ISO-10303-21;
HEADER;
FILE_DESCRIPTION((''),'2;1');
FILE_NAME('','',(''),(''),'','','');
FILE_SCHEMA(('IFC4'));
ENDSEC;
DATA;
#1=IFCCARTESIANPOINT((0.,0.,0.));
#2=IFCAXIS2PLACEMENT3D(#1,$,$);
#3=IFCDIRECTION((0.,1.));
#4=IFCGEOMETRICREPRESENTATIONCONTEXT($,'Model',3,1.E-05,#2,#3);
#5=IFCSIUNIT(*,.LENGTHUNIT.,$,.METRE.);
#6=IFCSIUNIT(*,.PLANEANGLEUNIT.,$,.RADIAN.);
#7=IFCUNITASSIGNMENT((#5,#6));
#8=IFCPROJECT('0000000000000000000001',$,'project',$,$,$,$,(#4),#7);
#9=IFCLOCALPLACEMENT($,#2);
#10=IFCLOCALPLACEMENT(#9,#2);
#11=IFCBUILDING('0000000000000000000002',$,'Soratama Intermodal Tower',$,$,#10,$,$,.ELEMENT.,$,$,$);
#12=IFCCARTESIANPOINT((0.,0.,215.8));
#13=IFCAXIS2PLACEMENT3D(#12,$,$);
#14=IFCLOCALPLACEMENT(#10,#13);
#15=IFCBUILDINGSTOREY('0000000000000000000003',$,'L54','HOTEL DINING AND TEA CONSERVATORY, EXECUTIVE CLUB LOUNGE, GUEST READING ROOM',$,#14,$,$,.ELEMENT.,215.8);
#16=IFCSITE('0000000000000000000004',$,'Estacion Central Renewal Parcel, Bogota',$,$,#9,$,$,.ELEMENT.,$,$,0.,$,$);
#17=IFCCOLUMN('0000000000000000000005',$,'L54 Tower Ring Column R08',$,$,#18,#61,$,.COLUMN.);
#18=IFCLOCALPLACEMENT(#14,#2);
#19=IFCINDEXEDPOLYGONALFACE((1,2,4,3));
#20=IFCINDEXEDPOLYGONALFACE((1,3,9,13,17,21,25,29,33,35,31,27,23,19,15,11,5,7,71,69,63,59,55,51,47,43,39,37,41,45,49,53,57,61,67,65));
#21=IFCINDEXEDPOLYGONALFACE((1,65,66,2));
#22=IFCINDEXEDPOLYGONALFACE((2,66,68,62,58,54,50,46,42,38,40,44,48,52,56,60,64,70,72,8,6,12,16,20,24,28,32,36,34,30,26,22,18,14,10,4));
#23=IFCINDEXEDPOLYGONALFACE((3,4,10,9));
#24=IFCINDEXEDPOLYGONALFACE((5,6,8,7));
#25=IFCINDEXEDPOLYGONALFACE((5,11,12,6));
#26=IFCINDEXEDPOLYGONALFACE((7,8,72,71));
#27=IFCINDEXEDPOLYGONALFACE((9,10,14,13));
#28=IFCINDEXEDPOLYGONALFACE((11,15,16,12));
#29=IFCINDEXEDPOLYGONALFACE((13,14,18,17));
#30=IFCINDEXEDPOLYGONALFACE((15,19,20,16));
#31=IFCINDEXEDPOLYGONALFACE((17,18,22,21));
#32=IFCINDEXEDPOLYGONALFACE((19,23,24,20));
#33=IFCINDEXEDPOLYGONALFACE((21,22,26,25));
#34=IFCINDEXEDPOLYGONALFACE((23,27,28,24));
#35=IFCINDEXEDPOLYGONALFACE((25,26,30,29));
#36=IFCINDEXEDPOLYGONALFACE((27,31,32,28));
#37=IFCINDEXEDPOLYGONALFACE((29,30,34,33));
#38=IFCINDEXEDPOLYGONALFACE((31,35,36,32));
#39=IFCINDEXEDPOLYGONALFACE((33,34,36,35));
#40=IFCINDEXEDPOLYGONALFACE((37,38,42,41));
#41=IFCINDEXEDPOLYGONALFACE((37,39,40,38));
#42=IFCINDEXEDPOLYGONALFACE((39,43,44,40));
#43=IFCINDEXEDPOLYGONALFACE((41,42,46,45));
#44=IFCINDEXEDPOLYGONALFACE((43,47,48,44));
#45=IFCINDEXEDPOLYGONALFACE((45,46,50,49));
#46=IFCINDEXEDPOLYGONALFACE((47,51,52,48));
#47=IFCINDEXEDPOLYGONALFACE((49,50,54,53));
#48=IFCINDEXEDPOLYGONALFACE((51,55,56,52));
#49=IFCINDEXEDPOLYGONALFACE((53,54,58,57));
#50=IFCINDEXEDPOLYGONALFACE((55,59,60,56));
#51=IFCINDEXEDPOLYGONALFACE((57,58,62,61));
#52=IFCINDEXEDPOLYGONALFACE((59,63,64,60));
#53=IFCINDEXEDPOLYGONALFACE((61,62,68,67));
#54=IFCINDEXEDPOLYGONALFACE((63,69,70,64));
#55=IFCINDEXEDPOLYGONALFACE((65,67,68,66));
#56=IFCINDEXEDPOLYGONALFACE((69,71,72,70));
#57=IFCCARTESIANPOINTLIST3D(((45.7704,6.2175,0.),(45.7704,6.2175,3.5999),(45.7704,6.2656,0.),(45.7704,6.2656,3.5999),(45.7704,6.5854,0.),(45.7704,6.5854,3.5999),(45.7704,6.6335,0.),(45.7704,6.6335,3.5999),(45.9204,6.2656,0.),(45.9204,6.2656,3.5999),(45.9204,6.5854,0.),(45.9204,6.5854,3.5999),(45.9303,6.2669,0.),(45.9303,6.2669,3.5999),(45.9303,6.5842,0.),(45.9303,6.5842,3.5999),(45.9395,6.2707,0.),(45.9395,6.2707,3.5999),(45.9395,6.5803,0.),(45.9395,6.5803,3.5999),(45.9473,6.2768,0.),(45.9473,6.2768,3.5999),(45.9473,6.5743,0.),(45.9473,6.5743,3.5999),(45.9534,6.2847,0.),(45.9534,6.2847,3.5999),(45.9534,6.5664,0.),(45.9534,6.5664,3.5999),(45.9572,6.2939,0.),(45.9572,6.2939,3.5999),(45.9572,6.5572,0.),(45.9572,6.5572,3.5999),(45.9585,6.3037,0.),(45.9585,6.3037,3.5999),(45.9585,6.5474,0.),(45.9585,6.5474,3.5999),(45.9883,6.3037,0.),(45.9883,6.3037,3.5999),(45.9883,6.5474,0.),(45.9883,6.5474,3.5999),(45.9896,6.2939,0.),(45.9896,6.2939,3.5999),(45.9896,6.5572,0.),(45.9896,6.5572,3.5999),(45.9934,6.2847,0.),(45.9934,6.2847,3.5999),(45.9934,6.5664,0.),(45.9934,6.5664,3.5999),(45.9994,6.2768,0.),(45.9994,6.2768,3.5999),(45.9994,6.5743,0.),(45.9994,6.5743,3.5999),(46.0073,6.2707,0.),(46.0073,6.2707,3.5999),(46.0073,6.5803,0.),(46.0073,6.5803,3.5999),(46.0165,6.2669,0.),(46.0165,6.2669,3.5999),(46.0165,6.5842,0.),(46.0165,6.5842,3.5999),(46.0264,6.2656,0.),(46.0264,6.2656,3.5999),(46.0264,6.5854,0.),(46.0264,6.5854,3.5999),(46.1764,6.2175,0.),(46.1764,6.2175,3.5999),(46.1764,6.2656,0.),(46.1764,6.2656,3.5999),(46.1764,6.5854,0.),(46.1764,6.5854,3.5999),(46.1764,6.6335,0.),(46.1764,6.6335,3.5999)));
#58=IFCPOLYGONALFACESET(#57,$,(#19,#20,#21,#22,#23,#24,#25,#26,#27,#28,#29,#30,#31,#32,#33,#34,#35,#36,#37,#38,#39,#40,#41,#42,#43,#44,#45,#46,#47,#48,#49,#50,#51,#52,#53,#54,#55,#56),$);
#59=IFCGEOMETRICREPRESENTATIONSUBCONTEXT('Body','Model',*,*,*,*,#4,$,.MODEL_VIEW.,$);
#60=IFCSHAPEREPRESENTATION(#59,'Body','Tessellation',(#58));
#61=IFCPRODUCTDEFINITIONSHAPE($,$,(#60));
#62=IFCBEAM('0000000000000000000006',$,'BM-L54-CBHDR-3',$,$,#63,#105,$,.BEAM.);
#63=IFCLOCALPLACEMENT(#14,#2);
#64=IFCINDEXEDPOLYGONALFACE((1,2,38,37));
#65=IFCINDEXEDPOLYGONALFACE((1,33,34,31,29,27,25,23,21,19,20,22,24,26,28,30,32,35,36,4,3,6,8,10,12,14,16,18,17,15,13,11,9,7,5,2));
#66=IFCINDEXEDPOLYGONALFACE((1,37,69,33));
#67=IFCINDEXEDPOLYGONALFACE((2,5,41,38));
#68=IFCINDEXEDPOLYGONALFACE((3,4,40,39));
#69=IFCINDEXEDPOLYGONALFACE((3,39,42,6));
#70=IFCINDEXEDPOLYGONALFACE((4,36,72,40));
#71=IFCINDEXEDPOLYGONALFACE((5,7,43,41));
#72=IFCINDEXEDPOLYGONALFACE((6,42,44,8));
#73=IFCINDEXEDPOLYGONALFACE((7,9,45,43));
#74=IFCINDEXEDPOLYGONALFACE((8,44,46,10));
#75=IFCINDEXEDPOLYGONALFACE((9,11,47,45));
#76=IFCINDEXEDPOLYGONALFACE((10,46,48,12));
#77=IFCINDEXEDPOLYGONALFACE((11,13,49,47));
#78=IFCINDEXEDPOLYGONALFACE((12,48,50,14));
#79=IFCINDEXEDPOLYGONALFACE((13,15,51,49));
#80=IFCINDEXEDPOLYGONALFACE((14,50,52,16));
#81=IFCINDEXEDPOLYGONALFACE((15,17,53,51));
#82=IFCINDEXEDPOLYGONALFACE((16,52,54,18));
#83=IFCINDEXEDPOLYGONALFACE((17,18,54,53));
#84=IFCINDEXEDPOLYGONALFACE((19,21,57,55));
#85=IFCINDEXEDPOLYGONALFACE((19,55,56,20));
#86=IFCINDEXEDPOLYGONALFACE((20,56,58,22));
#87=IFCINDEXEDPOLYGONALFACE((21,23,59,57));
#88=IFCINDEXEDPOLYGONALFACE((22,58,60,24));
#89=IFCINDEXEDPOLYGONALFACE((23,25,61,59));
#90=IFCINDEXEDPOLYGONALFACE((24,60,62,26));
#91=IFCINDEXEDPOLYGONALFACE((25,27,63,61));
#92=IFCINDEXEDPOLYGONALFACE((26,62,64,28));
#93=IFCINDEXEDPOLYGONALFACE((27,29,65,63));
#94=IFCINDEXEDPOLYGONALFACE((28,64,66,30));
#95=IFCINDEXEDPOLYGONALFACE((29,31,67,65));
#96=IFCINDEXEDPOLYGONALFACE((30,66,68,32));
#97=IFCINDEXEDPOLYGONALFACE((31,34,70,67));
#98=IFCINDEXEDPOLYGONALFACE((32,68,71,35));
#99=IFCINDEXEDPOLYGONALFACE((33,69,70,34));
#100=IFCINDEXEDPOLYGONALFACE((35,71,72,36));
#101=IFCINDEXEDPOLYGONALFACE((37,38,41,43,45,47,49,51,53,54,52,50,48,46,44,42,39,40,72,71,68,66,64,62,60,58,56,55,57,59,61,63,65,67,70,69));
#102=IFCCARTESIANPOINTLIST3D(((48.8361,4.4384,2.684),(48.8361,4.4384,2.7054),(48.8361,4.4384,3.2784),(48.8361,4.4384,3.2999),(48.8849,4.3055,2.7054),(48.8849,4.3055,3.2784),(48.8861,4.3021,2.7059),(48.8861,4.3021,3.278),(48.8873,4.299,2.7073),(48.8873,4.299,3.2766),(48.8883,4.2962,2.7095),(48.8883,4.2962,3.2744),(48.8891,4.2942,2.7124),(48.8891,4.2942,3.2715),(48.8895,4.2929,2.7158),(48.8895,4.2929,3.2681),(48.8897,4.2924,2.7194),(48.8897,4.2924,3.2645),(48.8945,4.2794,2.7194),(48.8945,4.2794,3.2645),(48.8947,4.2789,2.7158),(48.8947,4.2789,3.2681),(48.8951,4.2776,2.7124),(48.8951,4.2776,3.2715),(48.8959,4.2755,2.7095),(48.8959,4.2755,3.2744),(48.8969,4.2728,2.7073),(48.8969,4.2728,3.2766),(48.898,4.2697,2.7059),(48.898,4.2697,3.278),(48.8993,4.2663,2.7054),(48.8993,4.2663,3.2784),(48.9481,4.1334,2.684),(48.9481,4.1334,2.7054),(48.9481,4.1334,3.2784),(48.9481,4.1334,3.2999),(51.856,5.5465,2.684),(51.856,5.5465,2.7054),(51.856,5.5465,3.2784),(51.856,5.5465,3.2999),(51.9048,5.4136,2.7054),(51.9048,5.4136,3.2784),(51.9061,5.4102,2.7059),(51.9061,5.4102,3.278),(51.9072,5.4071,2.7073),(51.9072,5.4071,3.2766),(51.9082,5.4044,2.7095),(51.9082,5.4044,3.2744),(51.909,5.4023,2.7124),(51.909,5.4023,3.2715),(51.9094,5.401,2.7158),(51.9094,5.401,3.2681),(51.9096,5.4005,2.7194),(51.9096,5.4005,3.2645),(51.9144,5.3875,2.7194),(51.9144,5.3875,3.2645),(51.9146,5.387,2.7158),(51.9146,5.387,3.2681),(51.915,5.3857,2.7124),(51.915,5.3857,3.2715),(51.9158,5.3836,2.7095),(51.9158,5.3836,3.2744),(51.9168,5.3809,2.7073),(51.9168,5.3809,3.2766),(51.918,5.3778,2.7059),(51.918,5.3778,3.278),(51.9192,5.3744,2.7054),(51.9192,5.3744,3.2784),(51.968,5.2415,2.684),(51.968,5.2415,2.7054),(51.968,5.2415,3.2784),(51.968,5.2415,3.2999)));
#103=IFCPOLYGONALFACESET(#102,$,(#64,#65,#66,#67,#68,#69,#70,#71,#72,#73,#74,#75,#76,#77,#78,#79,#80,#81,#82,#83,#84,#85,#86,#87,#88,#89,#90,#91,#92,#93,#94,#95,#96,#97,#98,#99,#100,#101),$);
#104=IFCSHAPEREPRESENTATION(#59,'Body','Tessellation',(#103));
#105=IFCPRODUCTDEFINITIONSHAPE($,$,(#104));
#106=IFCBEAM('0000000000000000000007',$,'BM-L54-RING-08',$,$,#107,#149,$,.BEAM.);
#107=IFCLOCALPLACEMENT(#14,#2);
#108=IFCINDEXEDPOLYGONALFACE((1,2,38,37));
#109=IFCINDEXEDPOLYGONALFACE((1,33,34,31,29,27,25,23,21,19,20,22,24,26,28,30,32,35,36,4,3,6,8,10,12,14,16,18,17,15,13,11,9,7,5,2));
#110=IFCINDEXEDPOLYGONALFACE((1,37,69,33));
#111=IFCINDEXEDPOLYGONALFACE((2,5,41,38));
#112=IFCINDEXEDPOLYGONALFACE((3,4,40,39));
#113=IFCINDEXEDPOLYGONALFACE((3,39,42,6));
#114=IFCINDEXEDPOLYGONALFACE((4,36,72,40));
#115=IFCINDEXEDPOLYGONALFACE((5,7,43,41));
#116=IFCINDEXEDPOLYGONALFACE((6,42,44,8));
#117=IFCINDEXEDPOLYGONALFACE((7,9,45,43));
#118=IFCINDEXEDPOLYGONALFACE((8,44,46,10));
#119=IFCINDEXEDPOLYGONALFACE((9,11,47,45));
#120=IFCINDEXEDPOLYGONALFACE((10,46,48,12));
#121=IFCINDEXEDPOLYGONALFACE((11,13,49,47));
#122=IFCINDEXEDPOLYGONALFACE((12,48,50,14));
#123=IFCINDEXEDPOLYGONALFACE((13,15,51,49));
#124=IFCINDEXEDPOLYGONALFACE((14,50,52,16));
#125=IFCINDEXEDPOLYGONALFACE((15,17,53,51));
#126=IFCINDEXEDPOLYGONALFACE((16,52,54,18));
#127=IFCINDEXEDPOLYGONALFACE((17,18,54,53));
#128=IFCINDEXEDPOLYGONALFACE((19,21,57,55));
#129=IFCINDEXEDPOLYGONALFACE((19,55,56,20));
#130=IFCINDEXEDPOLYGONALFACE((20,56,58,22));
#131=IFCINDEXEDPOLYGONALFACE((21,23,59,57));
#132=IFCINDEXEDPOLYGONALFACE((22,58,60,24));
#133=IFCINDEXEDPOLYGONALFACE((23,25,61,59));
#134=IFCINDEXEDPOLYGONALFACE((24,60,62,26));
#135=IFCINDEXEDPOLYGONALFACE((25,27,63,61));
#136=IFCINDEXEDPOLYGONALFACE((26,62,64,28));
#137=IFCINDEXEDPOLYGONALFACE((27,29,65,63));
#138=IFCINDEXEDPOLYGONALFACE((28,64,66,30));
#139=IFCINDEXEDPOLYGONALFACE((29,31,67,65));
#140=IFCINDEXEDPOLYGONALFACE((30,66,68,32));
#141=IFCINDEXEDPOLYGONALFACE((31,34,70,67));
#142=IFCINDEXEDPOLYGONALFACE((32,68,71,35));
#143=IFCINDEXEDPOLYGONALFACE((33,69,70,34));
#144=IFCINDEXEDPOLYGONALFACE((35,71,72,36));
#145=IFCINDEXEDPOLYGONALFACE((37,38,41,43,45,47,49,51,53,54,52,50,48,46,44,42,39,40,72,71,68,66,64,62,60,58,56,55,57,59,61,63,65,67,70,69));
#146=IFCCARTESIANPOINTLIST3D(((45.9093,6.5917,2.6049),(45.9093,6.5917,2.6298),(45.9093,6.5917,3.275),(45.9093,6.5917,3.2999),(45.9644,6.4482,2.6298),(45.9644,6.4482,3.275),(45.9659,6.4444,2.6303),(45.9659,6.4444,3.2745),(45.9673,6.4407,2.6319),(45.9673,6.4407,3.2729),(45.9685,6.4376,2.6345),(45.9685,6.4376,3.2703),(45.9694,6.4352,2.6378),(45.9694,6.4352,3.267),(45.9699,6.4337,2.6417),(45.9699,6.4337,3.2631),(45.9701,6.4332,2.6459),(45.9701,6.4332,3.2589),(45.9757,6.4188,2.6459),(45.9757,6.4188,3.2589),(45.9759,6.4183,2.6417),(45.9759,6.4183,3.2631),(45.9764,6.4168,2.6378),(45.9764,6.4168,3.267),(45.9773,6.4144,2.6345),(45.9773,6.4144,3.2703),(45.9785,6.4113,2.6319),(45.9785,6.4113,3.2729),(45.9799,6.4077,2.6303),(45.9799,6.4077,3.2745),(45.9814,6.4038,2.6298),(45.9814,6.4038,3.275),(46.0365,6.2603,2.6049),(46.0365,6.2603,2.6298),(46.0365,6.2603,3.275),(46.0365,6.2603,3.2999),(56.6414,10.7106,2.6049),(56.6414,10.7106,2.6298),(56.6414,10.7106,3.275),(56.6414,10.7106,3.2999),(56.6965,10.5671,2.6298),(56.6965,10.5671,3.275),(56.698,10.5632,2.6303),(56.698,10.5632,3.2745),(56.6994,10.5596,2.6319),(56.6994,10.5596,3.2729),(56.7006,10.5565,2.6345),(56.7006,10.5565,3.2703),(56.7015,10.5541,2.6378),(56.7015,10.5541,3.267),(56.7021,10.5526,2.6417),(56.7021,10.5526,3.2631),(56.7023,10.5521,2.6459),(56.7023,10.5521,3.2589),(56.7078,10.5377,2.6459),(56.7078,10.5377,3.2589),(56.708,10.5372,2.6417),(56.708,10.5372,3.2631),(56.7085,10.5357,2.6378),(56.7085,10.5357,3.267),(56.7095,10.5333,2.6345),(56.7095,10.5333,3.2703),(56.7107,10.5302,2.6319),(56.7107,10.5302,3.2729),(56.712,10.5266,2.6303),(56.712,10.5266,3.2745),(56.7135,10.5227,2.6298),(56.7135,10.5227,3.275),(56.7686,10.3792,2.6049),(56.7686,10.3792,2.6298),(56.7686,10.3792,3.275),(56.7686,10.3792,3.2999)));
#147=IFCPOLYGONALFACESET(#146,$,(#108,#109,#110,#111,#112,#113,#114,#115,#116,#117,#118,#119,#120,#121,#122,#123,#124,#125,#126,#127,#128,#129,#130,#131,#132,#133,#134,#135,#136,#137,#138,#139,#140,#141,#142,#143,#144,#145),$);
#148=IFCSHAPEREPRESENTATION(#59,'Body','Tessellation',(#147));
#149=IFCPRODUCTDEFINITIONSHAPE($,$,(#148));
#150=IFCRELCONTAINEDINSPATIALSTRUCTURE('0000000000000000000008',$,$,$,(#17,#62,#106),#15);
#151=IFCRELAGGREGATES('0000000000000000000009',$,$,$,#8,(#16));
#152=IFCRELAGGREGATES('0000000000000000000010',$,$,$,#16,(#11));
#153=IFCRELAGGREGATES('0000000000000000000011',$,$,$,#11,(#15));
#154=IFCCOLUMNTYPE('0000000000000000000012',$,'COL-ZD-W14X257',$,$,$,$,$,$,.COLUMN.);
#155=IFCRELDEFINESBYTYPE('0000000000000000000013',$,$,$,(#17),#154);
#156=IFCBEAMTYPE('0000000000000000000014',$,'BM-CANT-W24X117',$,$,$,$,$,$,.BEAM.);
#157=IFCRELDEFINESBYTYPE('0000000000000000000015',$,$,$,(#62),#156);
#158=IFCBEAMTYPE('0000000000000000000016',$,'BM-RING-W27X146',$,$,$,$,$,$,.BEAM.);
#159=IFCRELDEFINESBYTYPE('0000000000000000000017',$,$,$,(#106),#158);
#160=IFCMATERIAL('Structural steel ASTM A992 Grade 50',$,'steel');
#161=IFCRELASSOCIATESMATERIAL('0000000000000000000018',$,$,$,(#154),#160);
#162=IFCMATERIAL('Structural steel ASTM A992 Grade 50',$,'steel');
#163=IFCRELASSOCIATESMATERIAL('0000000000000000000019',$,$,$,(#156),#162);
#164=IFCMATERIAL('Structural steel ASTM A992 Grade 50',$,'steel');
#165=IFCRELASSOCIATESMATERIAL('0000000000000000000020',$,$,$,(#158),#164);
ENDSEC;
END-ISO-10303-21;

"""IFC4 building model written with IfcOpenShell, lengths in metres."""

from ifc_helpers import new_model, si_unit, direction, frame, origin, origin_2d, place, context, subcontext, project, spatial, i_section, extrude, material, material_profile, profile_set, type_object, element, save


model = new_model("IFC4")

# Units and contexts
model_context = context("Model", 3, precision=1e-05, world=origin(), true_north=direction((0.0, 1.0)))
body_context = subcontext(model_context, "Body", "Model", "MODEL_VIEW")
ifc_project = project(units=[si_unit("LENGTHUNIT", "METRE"), si_unit("PLANEANGLEUNIT", "RADIAN")], contexts=[model_context])

# Site, building, storey
site_placement = place(None, origin())
site = spatial("IfcSite", under=ifc_project, at=site_placement, Name="Estacion Central Renewal Parcel, Bogota", CompositionType="ELEMENT", RefElevation=0.0)
building_placement = place(site_placement, origin())
building = spatial("IfcBuilding", under=site, at=building_placement, Name="Soratama Intermodal Tower", CompositionType="ELEMENT")
storey_placement = place(building_placement, frame((0.0, 0.0, 215.8)))
storey = spatial("IfcBuildingStorey", under=building, at=storey_placement, Name="L54", Description="HOTEL DINING AND TEA CONSERVATORY, EXECUTIVE CLUB LOUNGE, GUEST READING ROOM", CompositionType="ELEMENT", Elevation=215.8)

# Column
ifc_material_1 = material(Name="Structural steel ASTM A992 Grade 50", Category="steel")
ifc_material_profile_1 = material_profile(ifc_material_1, i_section(OverallWidth=0.406, OverallDepth=0.416, WebThickness=0.0298, FlangeThickness=0.0481, FilletRadius=0.0381, at=origin_2d()), Name="W14X257")
ifc_profile_set_1 = profile_set([ifc_material_profile_1], Name="Structural steel ASTM A992 Grade 50")
column_type = type_object("IfcColumnType", Name="COL-ZD-W14X257", PredefinedType="COLUMN", material=ifc_profile_set_1)
column_placement = place(storey_placement, frame((45.9734, 6.4255, 0.0), z_axis=(0.0, 0.0, 1.0), x_axis=(1.0, 0.0, 0.0)))
element("IfcColumn", 1, at=column_placement, inside=storey, type_object=column_type, Name="L54 Tower Ring Column R08", PredefinedType="COLUMN", context=body_context, shape_type="SweptSolid", body=[
    extrude(i_section(OverallWidth=0.406, OverallDepth=0.416, WebThickness=0.0298, FlangeThickness=0.0481, FilletRadius=0.0381, at=origin_2d()), origin(), (0.0, 0.0, 1.0), 3.5999),
])

# Beams
ifc_material_2 = material(Name="Structural steel ASTM A992 Grade 50", Category="steel")
ifc_material_profile_2 = material_profile(ifc_material_2, i_section(OverallWidth=0.325, OverallDepth=0.616, WebThickness=0.0139, FlangeThickness=0.0215, FilletRadius=0.0139, at=origin_2d()), Name="W24X117")
ifc_profile_set_2 = profile_set([ifc_material_profile_2], Name="Structural steel ASTM A992 Grade 50")
beam_type_1 = type_object("IfcBeamType", Name="BM-CANT-W24X117", PredefinedType="BEAM", material=ifc_profile_set_2)
beam_1_placement = place(storey_placement, frame((48.8921, 4.2859, 2.9919), z_axis=(0.938795, 0.344478, 0.0), x_axis=(-0.344478, 0.938795, 0.0)))
element("IfcBeam", 2, at=beam_1_placement, inside=storey, type_object=beam_type_1, Name="BM-L54-CBHDR-3", PredefinedType="BEAM", context=body_context, shape_type="SweptSolid", body=[
    extrude(i_section(OverallWidth=0.325, OverallDepth=0.616, WebThickness=0.0139, FlangeThickness=0.0215, FilletRadius=0.0139, at=origin_2d()), origin(), (0.0, 0.0, 1.0), 3.2168),
])
ifc_material_3 = material(Name="Structural steel ASTM A992 Grade 50", Category="steel")
ifc_material_profile_3 = material_profile(ifc_material_3, i_section(OverallWidth=0.355, OverallDepth=0.6951, WebThickness=0.0154, FlangeThickness=0.0249, FilletRadius=0.0161, at=origin_2d()), Name="W27X146")
ifc_profile_set_3 = profile_set([ifc_material_profile_3], Name="Structural steel ASTM A992 Grade 50")
beam_type_2 = type_object("IfcBeamType", Name="BM-RING-W27X146", PredefinedType="BEAM", material=ifc_profile_set_3)
beam_2_placement = place(storey_placement, frame((45.9729, 6.426, 2.9524), z_axis=(0.933604, 0.358307, 0.0), x_axis=(-0.358307, 0.933604, 0.0)))
element("IfcBeam", 3, at=beam_2_placement, inside=storey, type_object=beam_type_2, Name="BM-L54-RING-08", PredefinedType="BEAM", context=body_context, shape_type="SweptSolid", body=[
    extrude(i_section(OverallWidth=0.355, OverallDepth=0.6951, WebThickness=0.0154, FlangeThickness=0.0249, FilletRadius=0.0161, at=origin_2d()), origin(), (0.0, 0.0, 1.0), 11.4954),
])

save(model, "model.ifc")
